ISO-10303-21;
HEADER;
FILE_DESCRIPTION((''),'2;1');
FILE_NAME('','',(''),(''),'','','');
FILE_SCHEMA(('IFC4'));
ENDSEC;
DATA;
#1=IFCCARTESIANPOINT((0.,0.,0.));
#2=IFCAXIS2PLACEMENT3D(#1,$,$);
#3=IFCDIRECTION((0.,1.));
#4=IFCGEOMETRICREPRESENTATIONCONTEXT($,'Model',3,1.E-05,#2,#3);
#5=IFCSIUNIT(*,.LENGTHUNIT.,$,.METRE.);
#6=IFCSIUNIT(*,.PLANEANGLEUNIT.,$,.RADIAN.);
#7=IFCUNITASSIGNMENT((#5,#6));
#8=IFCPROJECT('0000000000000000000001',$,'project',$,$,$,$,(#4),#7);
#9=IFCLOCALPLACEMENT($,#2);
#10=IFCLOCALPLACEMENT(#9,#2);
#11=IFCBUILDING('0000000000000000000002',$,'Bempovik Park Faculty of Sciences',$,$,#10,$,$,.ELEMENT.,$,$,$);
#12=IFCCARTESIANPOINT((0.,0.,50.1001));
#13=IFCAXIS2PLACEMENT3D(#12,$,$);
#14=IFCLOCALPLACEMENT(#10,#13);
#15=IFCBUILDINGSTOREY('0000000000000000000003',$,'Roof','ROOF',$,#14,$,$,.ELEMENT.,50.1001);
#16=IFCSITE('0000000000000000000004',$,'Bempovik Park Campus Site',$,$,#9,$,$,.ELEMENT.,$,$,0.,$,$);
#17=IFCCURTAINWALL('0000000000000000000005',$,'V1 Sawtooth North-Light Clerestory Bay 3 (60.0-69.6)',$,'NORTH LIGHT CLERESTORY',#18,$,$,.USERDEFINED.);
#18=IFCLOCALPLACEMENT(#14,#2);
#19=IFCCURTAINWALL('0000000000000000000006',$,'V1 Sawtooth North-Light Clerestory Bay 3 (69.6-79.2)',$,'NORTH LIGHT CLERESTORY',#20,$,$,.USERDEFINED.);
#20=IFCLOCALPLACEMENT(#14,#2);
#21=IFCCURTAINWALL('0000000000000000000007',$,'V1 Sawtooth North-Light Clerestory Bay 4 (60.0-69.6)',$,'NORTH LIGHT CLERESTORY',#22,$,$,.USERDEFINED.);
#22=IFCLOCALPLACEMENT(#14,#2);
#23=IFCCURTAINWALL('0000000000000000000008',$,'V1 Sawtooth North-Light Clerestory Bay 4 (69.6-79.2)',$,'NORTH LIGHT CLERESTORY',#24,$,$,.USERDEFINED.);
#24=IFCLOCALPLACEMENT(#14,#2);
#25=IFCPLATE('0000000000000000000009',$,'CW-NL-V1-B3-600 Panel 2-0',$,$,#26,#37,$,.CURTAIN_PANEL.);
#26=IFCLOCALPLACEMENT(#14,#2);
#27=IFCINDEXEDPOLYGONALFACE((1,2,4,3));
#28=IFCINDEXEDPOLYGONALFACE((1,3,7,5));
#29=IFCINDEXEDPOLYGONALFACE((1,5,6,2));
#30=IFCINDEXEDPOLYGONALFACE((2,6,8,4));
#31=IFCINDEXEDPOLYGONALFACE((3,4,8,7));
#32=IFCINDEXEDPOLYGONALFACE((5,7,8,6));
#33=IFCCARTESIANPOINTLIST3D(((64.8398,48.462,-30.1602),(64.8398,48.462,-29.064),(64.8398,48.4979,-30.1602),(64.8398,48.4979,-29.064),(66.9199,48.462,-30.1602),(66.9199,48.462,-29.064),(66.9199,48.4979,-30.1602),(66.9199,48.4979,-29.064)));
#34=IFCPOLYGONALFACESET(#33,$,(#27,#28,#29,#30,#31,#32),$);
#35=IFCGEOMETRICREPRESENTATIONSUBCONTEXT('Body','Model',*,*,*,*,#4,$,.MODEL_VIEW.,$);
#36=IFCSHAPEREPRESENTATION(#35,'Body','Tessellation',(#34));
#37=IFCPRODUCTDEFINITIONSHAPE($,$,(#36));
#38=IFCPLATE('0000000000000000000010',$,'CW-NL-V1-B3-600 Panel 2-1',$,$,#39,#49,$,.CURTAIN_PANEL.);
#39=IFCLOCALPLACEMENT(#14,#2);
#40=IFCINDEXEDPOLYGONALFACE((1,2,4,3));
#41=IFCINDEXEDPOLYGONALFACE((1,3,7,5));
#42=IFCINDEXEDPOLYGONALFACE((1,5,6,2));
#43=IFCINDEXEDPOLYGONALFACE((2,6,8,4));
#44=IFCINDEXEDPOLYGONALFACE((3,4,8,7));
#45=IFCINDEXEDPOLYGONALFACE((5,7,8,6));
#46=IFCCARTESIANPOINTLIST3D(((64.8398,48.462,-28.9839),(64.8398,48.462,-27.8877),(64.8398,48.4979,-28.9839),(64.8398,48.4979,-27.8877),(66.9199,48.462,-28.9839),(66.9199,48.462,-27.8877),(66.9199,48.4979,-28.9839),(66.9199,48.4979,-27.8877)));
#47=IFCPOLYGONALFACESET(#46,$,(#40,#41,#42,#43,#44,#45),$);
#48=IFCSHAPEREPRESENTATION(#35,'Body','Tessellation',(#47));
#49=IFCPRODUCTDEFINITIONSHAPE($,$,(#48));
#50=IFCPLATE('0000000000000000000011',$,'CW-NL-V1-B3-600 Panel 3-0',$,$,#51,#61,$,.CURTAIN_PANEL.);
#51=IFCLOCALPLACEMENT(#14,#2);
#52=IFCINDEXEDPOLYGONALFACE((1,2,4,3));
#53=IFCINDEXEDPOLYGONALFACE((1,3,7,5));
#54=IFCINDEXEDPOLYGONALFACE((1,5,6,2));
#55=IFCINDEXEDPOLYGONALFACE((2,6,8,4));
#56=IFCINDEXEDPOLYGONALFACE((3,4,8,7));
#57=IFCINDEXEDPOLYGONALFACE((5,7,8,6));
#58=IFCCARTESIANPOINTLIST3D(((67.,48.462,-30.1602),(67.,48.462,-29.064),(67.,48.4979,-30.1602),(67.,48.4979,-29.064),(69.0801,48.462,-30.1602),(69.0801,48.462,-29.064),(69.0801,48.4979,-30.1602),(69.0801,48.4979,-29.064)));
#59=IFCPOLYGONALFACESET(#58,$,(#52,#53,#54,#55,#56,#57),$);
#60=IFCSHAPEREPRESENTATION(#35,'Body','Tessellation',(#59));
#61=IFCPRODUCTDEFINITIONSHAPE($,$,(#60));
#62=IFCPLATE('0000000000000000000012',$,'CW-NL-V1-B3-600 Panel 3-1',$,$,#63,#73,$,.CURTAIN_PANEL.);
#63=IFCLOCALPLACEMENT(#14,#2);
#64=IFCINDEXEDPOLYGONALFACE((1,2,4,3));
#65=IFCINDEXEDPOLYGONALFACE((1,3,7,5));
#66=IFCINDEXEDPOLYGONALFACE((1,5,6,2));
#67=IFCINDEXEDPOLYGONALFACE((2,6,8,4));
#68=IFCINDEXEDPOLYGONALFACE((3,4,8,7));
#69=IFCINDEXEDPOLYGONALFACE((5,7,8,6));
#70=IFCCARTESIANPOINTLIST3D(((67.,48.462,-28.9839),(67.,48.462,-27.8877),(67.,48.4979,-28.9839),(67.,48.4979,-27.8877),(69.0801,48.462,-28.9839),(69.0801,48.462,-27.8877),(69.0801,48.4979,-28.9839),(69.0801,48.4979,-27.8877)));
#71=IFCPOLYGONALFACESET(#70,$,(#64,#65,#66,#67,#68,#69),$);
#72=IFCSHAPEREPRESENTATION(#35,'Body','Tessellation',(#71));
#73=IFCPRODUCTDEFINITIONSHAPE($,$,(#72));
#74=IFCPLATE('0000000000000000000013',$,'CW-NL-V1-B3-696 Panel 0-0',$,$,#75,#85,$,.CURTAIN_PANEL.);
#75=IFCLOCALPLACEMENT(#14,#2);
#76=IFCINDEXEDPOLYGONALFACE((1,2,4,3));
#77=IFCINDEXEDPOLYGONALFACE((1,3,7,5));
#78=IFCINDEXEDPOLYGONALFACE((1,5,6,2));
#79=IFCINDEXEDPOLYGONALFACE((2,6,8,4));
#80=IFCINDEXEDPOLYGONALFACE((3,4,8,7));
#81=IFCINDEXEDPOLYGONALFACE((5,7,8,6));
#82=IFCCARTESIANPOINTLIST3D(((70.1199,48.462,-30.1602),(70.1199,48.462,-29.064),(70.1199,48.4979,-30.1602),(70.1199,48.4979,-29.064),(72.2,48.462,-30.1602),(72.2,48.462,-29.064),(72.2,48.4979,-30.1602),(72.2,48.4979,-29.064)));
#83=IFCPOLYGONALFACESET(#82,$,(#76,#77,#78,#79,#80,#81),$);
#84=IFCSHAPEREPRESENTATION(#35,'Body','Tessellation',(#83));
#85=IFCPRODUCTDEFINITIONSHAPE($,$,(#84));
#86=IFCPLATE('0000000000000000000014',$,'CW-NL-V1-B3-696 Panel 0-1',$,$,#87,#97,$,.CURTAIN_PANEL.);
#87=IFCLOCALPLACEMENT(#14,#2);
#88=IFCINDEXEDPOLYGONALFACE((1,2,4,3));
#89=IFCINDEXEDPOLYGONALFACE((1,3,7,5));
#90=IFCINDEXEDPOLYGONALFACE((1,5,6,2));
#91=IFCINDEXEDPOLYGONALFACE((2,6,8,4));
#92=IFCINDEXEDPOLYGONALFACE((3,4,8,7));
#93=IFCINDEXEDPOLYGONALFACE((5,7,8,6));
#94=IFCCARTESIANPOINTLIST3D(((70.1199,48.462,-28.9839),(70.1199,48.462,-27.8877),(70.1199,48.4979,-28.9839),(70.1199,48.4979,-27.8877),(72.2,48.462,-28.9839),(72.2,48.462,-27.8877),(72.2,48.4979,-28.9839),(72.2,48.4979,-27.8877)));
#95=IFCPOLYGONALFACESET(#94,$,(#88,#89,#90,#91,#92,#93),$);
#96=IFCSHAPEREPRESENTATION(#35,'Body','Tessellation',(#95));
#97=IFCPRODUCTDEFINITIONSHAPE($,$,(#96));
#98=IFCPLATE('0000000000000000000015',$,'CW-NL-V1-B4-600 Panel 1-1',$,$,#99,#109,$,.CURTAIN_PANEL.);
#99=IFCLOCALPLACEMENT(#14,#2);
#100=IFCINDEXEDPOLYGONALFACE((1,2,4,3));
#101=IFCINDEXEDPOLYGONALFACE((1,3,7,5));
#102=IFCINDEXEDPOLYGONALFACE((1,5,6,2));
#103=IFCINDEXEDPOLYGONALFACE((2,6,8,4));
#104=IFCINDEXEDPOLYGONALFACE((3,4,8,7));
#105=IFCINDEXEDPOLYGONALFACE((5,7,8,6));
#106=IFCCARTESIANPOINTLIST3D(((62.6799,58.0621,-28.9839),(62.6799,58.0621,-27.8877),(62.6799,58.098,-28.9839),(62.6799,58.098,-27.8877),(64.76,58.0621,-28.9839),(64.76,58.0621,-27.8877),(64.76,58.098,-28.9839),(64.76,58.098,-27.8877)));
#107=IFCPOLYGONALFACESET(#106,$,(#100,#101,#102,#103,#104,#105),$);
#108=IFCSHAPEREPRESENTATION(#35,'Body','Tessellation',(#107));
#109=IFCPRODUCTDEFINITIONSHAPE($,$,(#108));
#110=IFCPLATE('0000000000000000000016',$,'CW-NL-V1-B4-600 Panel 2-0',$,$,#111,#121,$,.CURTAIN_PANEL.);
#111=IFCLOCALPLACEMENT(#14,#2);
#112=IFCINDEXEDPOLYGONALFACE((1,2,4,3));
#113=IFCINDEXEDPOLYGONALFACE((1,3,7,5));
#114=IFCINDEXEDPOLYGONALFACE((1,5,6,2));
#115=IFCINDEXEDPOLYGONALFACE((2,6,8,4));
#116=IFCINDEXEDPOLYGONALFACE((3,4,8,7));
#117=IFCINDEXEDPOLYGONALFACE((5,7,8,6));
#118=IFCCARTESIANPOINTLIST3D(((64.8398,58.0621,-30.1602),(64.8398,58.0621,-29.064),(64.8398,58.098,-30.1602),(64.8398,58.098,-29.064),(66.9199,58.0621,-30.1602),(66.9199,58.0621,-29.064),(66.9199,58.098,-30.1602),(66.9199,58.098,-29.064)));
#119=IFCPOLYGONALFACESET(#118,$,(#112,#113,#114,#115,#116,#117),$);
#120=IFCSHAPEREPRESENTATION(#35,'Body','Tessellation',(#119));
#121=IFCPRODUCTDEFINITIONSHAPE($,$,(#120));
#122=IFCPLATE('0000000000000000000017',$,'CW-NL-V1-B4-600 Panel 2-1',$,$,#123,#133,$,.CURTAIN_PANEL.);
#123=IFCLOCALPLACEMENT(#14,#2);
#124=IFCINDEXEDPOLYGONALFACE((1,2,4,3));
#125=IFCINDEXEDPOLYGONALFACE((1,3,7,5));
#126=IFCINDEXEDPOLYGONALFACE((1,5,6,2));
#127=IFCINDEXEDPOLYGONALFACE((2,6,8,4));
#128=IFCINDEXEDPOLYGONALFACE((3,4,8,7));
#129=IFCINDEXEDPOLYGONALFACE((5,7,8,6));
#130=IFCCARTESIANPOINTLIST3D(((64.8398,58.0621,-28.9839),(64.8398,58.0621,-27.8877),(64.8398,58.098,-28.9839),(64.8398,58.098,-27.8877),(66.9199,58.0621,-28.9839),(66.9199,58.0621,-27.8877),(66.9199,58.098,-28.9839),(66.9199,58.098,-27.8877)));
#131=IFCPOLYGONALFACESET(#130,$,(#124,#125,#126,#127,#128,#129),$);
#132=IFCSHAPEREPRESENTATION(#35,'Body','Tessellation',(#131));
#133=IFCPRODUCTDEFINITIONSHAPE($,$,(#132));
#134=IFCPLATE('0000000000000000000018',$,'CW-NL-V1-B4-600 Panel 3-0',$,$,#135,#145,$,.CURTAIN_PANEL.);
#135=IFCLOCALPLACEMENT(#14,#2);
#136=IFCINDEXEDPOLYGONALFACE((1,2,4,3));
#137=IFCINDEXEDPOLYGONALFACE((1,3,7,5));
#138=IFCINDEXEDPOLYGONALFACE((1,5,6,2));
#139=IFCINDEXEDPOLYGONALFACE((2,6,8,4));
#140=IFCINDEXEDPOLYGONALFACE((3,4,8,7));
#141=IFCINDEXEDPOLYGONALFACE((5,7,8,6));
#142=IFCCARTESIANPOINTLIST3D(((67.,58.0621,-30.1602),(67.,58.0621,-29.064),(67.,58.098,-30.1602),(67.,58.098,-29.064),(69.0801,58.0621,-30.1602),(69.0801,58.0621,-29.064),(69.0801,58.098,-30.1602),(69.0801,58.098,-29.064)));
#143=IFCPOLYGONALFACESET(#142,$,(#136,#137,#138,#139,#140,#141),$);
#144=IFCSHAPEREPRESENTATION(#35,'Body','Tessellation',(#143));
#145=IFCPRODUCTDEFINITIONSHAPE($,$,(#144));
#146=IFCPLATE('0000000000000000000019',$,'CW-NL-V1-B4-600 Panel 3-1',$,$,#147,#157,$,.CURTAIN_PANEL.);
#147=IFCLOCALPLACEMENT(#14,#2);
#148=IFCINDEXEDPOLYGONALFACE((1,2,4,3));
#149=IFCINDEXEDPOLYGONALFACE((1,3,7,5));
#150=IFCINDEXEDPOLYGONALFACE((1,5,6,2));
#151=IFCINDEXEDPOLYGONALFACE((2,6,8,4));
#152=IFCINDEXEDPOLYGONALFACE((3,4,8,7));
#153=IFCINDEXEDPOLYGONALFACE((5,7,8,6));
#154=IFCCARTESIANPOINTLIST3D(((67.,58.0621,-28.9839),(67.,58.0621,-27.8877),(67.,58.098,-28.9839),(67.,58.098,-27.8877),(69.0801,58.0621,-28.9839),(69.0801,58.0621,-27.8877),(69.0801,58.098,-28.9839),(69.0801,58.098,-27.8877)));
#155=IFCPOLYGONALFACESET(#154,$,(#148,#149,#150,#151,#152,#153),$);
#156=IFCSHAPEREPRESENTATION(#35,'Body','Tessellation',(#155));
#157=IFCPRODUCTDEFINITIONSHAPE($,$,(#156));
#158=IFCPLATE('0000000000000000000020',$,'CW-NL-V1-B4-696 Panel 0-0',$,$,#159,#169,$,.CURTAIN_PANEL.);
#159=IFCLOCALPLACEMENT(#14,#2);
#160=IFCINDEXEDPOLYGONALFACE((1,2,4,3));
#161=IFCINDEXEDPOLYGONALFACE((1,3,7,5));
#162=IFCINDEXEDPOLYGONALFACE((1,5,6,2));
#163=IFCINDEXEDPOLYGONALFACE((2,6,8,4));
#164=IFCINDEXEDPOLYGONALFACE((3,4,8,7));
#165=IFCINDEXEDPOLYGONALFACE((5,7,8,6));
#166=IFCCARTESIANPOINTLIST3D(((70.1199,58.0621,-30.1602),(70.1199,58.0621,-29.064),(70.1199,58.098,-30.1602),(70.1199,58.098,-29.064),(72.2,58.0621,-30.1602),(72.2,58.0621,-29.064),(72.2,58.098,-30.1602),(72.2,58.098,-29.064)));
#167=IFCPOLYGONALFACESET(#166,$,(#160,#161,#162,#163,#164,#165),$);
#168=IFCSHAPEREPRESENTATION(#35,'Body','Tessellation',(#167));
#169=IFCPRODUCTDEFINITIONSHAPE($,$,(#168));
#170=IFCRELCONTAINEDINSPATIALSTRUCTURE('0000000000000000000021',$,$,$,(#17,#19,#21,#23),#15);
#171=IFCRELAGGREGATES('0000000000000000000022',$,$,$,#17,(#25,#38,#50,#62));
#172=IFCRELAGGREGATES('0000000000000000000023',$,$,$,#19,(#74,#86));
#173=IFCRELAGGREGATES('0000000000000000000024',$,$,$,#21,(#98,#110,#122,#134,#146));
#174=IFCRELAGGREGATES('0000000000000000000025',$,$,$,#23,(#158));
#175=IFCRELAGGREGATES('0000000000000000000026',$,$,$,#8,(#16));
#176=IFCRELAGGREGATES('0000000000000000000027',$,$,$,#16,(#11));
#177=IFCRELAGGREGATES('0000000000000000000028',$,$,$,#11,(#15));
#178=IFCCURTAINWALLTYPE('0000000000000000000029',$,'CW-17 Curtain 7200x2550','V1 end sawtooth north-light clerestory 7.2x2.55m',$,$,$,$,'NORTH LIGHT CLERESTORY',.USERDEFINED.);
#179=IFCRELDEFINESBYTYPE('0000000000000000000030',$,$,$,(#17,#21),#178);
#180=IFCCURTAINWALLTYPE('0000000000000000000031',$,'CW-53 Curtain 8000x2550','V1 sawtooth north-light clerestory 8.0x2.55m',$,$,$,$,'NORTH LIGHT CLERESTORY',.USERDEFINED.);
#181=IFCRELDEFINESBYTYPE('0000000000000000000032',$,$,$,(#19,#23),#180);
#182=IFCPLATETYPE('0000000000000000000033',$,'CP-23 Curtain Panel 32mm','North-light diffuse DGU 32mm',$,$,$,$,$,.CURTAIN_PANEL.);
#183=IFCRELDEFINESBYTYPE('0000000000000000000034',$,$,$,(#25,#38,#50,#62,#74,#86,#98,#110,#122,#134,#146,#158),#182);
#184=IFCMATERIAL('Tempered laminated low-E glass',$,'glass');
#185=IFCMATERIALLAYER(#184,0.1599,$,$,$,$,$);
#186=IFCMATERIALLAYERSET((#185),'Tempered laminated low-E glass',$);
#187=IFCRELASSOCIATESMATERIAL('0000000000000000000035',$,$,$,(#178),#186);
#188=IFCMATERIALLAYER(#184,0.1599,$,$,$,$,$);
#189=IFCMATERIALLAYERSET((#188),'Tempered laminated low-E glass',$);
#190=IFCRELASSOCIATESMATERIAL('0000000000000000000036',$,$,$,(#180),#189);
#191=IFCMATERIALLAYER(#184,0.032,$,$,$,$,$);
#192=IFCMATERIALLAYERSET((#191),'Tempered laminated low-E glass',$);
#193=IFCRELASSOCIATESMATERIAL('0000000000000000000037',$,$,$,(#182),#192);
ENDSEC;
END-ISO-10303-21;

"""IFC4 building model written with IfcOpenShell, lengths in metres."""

from ifc_helpers import new_model, si_unit, direction, frame, origin, origin_2d, place, context, subcontext, project, spatial, rectangle, extrude, material, layer, layer_set, type_object, element, aggregate, save


model = new_model("IFC4")

# Units and contexts
model_context = context("Model", 3, precision=1e-05, world=origin(), true_north=direction((0.0, 1.0)))
body_context = subcontext(model_context, "Body", "Model", "MODEL_VIEW")
ifc_project = project(units=[si_unit("LENGTHUNIT", "METRE"), si_unit("PLANEANGLEUNIT", "RADIAN")], contexts=[model_context])

# Site, building, storey
site_placement = place(None, origin())
site = spatial("IfcSite", under=ifc_project, at=site_placement, Name="Bempovik Park Campus Site", CompositionType="ELEMENT", RefElevation=0.0)
building_placement = place(site_placement, origin())
building = spatial("IfcBuilding", under=site, at=building_placement, Name="Bempovik Park Faculty of Sciences", CompositionType="ELEMENT")
storey_placement = place(building_placement, frame((0.0, 0.0, 50.1001)))
storey = spatial("IfcBuildingStorey", under=building, at=storey_placement, Name="Roof", Description="ROOF", CompositionType="ELEMENT", Elevation=50.1001)

# Curtain wall
ifc_material_1 = material(Name="Tempered laminated low-E glass", Category="glass")
ifc_layer_1 = layer(ifc_material_1, 0.1599)
ifc_layer_set_1 = layer_set([ifc_layer_1], Name="Tempered laminated low-E glass")
curtain_wall_type_1 = type_object("IfcCurtainWallType", Name="CW-17 Curtain 7200x2550", Description="V1 end sawtooth north-light clerestory 7.2x2.55m", ElementType="NORTH LIGHT CLERESTORY", PredefinedType="USERDEFINED", material=ifc_layer_set_1)
curtain_wall_1_placement = place(storey_placement, origin())
curtain_wall_1 = element("IfcCurtainWall", 1, at=curtain_wall_1_placement, inside=storey, type_object=curtain_wall_type_1, Name="V1 Sawtooth North-Light Clerestory Bay 3 (60.0-69.6)", ObjectType="NORTH LIGHT CLERESTORY", PredefinedType="USERDEFINED")

# Curtain wall
ifc_layer_2 = layer(ifc_material_1, 0.1599)
ifc_layer_set_2 = layer_set([ifc_layer_2], Name="Tempered laminated low-E glass")
curtain_wall_type_2 = type_object("IfcCurtainWallType", Name="CW-53 Curtain 8000x2550", Description="V1 sawtooth north-light clerestory 8.0x2.55m", ElementType="NORTH LIGHT CLERESTORY", PredefinedType="USERDEFINED", material=ifc_layer_set_2)
curtain_wall_2_placement = place(storey_placement, origin())
curtain_wall_2 = element("IfcCurtainWall", 2, at=curtain_wall_2_placement, inside=storey, type_object=curtain_wall_type_2, Name="V1 Sawtooth North-Light Clerestory Bay 3 (69.6-79.2)", ObjectType="NORTH LIGHT CLERESTORY", PredefinedType="USERDEFINED")

# Curtain wall
curtain_wall_3_placement = place(storey_placement, origin())
curtain_wall_3 = element("IfcCurtainWall", 3, at=curtain_wall_3_placement, inside=storey, type_object=curtain_wall_type_1, Name="V1 Sawtooth North-Light Clerestory Bay 4 (60.0-69.6)", ObjectType="NORTH LIGHT CLERESTORY", PredefinedType="USERDEFINED")

# Curtain wall
curtain_wall_4_placement = place(storey_placement, origin())
curtain_wall_4 = element("IfcCurtainWall", 4, at=curtain_wall_4_placement, inside=storey, type_object=curtain_wall_type_2, Name="V1 Sawtooth North-Light Clerestory Bay 4 (69.6-79.2)", ObjectType="NORTH LIGHT CLERESTORY", PredefinedType="USERDEFINED")

# Plates
ifc_layer_3 = layer(ifc_material_1, 0.032)
ifc_layer_set_3 = layer_set([ifc_layer_3], Name="Tempered laminated low-E glass")
plate_type = type_object("IfcPlateType", Name="CP-23 Curtain Panel 32mm", Description="North-light diffuse DGU 32mm", PredefinedType="CURTAIN_PANEL", material=ifc_layer_set_3)
plate_1_placement = place(storey_placement, frame((65.8799, 48.48, -30.1602), z_axis=(0.0, 0.0, 1.0), x_axis=(1.0, 0.0, 0.0)))
plate_1 = element("IfcPlate", 5, at=plate_1_placement, type_object=plate_type, Name="CW-NL-V1-B3-600 Panel 2-0", PredefinedType="CURTAIN_PANEL", context=body_context, shape_type="SweptSolid", body=[
    extrude(rectangle(XDim=2.0801, YDim=0.0359, at=origin_2d()), origin(), (0.0, 0.0, 1.0), 1.0962),
])
plate_2_placement = place(storey_placement, frame((65.8799, 48.48, -28.9839), z_axis=(0.0, 0.0, 1.0), x_axis=(1.0, 0.0, 0.0)))
plate_2 = element("IfcPlate", 6, at=plate_2_placement, type_object=plate_type, Name="CW-NL-V1-B3-600 Panel 2-1", PredefinedType="CURTAIN_PANEL", context=body_context, shape_type="SweptSolid", body=[
    extrude(rectangle(XDim=2.0801, YDim=0.0359, at=origin_2d()), origin(), (0.0, 0.0, 1.0), 1.0962),
])
plate_3_placement = place(storey_placement, frame((68.04, 48.48, -30.1602), z_axis=(0.0, 0.0, 1.0), x_axis=(1.0, 0.0, 0.0)))
plate_3 = element("IfcPlate", 7, at=plate_3_placement, type_object=plate_type, Name="CW-NL-V1-B3-600 Panel 3-0", PredefinedType="CURTAIN_PANEL", context=body_context, shape_type="SweptSolid", body=[
    extrude(rectangle(XDim=2.0801, YDim=0.0359, at=origin_2d()), origin(), (0.0, 0.0, 1.0), 1.0962),
])
plate_4_placement = place(storey_placement, frame((68.04, 48.48, -28.9839), z_axis=(0.0, 0.0, 1.0), x_axis=(1.0, 0.0, 0.0)))
plate_4 = element("IfcPlate", 8, at=plate_4_placement, type_object=plate_type, Name="CW-NL-V1-B3-600 Panel 3-1", PredefinedType="CURTAIN_PANEL", context=body_context, shape_type="SweptSolid", body=[
    extrude(rectangle(XDim=2.0801, YDim=0.0359, at=origin_2d()), origin(), (0.0, 0.0, 1.0), 1.0962),
])
aggregate(curtain_wall_1, [plate_1, plate_2, plate_3, plate_4])
plate_5_placement = place(storey_placement, frame((71.1599, 48.48, -30.1602), z_axis=(0.0, 0.0, 1.0), x_axis=(1.0, 0.0, 0.0)))
plate_5 = element("IfcPlate", 9, at=plate_5_placement, type_object=plate_type, Name="CW-NL-V1-B3-696 Panel 0-0", PredefinedType="CURTAIN_PANEL", context=body_context, shape_type="SweptSolid", body=[
    extrude(rectangle(XDim=2.0801, YDim=0.0359, at=origin_2d()), origin(), (0.0, 0.0, 1.0), 1.0962),
])
plate_6_placement = place(storey_placement, frame((71.1599, 48.48, -28.9839), z_axis=(0.0, 0.0, 1.0), x_axis=(1.0, 0.0, 0.0)))
plate_6 = element("IfcPlate", 10, at=plate_6_placement, type_object=plate_type, Name="CW-NL-V1-B3-696 Panel 0-1", PredefinedType="CURTAIN_PANEL", context=body_context, shape_type="SweptSolid", body=[
    extrude(rectangle(XDim=2.0801, YDim=0.0359, at=origin_2d()), origin(), (0.0, 0.0, 1.0), 1.0962),
])
aggregate(curtain_wall_2, [plate_5, plate_6])
plate_7_placement = place(storey_placement, frame((63.72, 58.0801, -28.9839), z_axis=(0.0, 0.0, 1.0), x_axis=(1.0, 0.0, 0.0)))
plate_7 = element("IfcPlate", 11, at=plate_7_placement, type_object=plate_type, Name="CW-NL-V1-B4-600 Panel 1-1", PredefinedType="CURTAIN_PANEL", context=body_context, shape_type="SweptSolid", body=[
    extrude(rectangle(XDim=2.0801, YDim=0.0359, at=origin_2d()), origin(), (0.0, 0.0, 1.0), 1.0962),
])
plate_8_placement = place(storey_placement, frame((65.8799, 58.0801, -30.1602), z_axis=(0.0, 0.0, 1.0), x_axis=(1.0, 0.0, 0.0)))
plate_8 = element("IfcPlate", 12, at=plate_8_placement, type_object=plate_type, Name="CW-NL-V1-B4-600 Panel 2-0", PredefinedType="CURTAIN_PANEL", context=body_context, shape_type="SweptSolid", body=[
    extrude(rectangle(XDim=2.0801, YDim=0.0359, at=origin_2d()), origin(), (0.0, 0.0, 1.0), 1.0962),
])
plate_9_placement = place(storey_placement, frame((65.8799, 58.0801, -28.9839), z_axis=(0.0, 0.0, 1.0), x_axis=(1.0, 0.0, 0.0)))
plate_9 = element("IfcPlate", 13, at=plate_9_placement, type_object=plate_type, Name="CW-NL-V1-B4-600 Panel 2-1", PredefinedType="CURTAIN_PANEL", context=body_context, shape_type="SweptSolid", body=[
    extrude(rectangle(XDim=2.0801, YDim=0.0359, at=origin_2d()), origin(), (0.0, 0.0, 1.0), 1.0962),
])
plate_10_placement = place(storey_placement, frame((68.04, 58.0801, -30.1602), z_axis=(0.0, 0.0, 1.0), x_axis=(1.0, 0.0, 0.0)))
plate_10 = element("IfcPlate", 14, at=plate_10_placement, type_object=plate_type, Name="CW-NL-V1-B4-600 Panel 3-0", PredefinedType="CURTAIN_PANEL", context=body_context, shape_type="SweptSolid", body=[
    extrude(rectangle(XDim=2.0801, YDim=0.0359, at=origin_2d()), origin(), (0.0, 0.0, 1.0), 1.0962),
])
plate_11_placement = place(storey_placement, frame((68.04, 58.0801, -28.9839), z_axis=(0.0, 0.0, 1.0), x_axis=(1.0, 0.0, 0.0)))
plate_11 = element("IfcPlate", 15, at=plate_11_placement, type_object=plate_type, Name="CW-NL-V1-B4-600 Panel 3-1", PredefinedType="CURTAIN_PANEL", context=body_context, shape_type="SweptSolid", body=[
    extrude(rectangle(XDim=2.0801, YDim=0.0359, at=origin_2d()), origin(), (0.0, 0.0, 1.0), 1.0962),
])
aggregate(curtain_wall_3, [plate_7, plate_8, plate_9, plate_10, plate_11])
plate_12_placement = place(storey_placement, frame((71.1599, 58.0801, -30.1602), z_axis=(0.0, 0.0, 1.0), x_axis=(1.0, 0.0, 0.0)))
plate_12 = element("IfcPlate", 16, at=plate_12_placement, type_object=plate_type, Name="CW-NL-V1-B4-696 Panel 0-0", PredefinedType="CURTAIN_PANEL", context=body_context, shape_type="SweptSolid", body=[
    extrude(rectangle(XDim=2.0801, YDim=0.0359, at=origin_2d()), origin(), (0.0, 0.0, 1.0), 1.0962),
])
aggregate(curtain_wall_4, [plate_12])

save(model, "model.ifc")
